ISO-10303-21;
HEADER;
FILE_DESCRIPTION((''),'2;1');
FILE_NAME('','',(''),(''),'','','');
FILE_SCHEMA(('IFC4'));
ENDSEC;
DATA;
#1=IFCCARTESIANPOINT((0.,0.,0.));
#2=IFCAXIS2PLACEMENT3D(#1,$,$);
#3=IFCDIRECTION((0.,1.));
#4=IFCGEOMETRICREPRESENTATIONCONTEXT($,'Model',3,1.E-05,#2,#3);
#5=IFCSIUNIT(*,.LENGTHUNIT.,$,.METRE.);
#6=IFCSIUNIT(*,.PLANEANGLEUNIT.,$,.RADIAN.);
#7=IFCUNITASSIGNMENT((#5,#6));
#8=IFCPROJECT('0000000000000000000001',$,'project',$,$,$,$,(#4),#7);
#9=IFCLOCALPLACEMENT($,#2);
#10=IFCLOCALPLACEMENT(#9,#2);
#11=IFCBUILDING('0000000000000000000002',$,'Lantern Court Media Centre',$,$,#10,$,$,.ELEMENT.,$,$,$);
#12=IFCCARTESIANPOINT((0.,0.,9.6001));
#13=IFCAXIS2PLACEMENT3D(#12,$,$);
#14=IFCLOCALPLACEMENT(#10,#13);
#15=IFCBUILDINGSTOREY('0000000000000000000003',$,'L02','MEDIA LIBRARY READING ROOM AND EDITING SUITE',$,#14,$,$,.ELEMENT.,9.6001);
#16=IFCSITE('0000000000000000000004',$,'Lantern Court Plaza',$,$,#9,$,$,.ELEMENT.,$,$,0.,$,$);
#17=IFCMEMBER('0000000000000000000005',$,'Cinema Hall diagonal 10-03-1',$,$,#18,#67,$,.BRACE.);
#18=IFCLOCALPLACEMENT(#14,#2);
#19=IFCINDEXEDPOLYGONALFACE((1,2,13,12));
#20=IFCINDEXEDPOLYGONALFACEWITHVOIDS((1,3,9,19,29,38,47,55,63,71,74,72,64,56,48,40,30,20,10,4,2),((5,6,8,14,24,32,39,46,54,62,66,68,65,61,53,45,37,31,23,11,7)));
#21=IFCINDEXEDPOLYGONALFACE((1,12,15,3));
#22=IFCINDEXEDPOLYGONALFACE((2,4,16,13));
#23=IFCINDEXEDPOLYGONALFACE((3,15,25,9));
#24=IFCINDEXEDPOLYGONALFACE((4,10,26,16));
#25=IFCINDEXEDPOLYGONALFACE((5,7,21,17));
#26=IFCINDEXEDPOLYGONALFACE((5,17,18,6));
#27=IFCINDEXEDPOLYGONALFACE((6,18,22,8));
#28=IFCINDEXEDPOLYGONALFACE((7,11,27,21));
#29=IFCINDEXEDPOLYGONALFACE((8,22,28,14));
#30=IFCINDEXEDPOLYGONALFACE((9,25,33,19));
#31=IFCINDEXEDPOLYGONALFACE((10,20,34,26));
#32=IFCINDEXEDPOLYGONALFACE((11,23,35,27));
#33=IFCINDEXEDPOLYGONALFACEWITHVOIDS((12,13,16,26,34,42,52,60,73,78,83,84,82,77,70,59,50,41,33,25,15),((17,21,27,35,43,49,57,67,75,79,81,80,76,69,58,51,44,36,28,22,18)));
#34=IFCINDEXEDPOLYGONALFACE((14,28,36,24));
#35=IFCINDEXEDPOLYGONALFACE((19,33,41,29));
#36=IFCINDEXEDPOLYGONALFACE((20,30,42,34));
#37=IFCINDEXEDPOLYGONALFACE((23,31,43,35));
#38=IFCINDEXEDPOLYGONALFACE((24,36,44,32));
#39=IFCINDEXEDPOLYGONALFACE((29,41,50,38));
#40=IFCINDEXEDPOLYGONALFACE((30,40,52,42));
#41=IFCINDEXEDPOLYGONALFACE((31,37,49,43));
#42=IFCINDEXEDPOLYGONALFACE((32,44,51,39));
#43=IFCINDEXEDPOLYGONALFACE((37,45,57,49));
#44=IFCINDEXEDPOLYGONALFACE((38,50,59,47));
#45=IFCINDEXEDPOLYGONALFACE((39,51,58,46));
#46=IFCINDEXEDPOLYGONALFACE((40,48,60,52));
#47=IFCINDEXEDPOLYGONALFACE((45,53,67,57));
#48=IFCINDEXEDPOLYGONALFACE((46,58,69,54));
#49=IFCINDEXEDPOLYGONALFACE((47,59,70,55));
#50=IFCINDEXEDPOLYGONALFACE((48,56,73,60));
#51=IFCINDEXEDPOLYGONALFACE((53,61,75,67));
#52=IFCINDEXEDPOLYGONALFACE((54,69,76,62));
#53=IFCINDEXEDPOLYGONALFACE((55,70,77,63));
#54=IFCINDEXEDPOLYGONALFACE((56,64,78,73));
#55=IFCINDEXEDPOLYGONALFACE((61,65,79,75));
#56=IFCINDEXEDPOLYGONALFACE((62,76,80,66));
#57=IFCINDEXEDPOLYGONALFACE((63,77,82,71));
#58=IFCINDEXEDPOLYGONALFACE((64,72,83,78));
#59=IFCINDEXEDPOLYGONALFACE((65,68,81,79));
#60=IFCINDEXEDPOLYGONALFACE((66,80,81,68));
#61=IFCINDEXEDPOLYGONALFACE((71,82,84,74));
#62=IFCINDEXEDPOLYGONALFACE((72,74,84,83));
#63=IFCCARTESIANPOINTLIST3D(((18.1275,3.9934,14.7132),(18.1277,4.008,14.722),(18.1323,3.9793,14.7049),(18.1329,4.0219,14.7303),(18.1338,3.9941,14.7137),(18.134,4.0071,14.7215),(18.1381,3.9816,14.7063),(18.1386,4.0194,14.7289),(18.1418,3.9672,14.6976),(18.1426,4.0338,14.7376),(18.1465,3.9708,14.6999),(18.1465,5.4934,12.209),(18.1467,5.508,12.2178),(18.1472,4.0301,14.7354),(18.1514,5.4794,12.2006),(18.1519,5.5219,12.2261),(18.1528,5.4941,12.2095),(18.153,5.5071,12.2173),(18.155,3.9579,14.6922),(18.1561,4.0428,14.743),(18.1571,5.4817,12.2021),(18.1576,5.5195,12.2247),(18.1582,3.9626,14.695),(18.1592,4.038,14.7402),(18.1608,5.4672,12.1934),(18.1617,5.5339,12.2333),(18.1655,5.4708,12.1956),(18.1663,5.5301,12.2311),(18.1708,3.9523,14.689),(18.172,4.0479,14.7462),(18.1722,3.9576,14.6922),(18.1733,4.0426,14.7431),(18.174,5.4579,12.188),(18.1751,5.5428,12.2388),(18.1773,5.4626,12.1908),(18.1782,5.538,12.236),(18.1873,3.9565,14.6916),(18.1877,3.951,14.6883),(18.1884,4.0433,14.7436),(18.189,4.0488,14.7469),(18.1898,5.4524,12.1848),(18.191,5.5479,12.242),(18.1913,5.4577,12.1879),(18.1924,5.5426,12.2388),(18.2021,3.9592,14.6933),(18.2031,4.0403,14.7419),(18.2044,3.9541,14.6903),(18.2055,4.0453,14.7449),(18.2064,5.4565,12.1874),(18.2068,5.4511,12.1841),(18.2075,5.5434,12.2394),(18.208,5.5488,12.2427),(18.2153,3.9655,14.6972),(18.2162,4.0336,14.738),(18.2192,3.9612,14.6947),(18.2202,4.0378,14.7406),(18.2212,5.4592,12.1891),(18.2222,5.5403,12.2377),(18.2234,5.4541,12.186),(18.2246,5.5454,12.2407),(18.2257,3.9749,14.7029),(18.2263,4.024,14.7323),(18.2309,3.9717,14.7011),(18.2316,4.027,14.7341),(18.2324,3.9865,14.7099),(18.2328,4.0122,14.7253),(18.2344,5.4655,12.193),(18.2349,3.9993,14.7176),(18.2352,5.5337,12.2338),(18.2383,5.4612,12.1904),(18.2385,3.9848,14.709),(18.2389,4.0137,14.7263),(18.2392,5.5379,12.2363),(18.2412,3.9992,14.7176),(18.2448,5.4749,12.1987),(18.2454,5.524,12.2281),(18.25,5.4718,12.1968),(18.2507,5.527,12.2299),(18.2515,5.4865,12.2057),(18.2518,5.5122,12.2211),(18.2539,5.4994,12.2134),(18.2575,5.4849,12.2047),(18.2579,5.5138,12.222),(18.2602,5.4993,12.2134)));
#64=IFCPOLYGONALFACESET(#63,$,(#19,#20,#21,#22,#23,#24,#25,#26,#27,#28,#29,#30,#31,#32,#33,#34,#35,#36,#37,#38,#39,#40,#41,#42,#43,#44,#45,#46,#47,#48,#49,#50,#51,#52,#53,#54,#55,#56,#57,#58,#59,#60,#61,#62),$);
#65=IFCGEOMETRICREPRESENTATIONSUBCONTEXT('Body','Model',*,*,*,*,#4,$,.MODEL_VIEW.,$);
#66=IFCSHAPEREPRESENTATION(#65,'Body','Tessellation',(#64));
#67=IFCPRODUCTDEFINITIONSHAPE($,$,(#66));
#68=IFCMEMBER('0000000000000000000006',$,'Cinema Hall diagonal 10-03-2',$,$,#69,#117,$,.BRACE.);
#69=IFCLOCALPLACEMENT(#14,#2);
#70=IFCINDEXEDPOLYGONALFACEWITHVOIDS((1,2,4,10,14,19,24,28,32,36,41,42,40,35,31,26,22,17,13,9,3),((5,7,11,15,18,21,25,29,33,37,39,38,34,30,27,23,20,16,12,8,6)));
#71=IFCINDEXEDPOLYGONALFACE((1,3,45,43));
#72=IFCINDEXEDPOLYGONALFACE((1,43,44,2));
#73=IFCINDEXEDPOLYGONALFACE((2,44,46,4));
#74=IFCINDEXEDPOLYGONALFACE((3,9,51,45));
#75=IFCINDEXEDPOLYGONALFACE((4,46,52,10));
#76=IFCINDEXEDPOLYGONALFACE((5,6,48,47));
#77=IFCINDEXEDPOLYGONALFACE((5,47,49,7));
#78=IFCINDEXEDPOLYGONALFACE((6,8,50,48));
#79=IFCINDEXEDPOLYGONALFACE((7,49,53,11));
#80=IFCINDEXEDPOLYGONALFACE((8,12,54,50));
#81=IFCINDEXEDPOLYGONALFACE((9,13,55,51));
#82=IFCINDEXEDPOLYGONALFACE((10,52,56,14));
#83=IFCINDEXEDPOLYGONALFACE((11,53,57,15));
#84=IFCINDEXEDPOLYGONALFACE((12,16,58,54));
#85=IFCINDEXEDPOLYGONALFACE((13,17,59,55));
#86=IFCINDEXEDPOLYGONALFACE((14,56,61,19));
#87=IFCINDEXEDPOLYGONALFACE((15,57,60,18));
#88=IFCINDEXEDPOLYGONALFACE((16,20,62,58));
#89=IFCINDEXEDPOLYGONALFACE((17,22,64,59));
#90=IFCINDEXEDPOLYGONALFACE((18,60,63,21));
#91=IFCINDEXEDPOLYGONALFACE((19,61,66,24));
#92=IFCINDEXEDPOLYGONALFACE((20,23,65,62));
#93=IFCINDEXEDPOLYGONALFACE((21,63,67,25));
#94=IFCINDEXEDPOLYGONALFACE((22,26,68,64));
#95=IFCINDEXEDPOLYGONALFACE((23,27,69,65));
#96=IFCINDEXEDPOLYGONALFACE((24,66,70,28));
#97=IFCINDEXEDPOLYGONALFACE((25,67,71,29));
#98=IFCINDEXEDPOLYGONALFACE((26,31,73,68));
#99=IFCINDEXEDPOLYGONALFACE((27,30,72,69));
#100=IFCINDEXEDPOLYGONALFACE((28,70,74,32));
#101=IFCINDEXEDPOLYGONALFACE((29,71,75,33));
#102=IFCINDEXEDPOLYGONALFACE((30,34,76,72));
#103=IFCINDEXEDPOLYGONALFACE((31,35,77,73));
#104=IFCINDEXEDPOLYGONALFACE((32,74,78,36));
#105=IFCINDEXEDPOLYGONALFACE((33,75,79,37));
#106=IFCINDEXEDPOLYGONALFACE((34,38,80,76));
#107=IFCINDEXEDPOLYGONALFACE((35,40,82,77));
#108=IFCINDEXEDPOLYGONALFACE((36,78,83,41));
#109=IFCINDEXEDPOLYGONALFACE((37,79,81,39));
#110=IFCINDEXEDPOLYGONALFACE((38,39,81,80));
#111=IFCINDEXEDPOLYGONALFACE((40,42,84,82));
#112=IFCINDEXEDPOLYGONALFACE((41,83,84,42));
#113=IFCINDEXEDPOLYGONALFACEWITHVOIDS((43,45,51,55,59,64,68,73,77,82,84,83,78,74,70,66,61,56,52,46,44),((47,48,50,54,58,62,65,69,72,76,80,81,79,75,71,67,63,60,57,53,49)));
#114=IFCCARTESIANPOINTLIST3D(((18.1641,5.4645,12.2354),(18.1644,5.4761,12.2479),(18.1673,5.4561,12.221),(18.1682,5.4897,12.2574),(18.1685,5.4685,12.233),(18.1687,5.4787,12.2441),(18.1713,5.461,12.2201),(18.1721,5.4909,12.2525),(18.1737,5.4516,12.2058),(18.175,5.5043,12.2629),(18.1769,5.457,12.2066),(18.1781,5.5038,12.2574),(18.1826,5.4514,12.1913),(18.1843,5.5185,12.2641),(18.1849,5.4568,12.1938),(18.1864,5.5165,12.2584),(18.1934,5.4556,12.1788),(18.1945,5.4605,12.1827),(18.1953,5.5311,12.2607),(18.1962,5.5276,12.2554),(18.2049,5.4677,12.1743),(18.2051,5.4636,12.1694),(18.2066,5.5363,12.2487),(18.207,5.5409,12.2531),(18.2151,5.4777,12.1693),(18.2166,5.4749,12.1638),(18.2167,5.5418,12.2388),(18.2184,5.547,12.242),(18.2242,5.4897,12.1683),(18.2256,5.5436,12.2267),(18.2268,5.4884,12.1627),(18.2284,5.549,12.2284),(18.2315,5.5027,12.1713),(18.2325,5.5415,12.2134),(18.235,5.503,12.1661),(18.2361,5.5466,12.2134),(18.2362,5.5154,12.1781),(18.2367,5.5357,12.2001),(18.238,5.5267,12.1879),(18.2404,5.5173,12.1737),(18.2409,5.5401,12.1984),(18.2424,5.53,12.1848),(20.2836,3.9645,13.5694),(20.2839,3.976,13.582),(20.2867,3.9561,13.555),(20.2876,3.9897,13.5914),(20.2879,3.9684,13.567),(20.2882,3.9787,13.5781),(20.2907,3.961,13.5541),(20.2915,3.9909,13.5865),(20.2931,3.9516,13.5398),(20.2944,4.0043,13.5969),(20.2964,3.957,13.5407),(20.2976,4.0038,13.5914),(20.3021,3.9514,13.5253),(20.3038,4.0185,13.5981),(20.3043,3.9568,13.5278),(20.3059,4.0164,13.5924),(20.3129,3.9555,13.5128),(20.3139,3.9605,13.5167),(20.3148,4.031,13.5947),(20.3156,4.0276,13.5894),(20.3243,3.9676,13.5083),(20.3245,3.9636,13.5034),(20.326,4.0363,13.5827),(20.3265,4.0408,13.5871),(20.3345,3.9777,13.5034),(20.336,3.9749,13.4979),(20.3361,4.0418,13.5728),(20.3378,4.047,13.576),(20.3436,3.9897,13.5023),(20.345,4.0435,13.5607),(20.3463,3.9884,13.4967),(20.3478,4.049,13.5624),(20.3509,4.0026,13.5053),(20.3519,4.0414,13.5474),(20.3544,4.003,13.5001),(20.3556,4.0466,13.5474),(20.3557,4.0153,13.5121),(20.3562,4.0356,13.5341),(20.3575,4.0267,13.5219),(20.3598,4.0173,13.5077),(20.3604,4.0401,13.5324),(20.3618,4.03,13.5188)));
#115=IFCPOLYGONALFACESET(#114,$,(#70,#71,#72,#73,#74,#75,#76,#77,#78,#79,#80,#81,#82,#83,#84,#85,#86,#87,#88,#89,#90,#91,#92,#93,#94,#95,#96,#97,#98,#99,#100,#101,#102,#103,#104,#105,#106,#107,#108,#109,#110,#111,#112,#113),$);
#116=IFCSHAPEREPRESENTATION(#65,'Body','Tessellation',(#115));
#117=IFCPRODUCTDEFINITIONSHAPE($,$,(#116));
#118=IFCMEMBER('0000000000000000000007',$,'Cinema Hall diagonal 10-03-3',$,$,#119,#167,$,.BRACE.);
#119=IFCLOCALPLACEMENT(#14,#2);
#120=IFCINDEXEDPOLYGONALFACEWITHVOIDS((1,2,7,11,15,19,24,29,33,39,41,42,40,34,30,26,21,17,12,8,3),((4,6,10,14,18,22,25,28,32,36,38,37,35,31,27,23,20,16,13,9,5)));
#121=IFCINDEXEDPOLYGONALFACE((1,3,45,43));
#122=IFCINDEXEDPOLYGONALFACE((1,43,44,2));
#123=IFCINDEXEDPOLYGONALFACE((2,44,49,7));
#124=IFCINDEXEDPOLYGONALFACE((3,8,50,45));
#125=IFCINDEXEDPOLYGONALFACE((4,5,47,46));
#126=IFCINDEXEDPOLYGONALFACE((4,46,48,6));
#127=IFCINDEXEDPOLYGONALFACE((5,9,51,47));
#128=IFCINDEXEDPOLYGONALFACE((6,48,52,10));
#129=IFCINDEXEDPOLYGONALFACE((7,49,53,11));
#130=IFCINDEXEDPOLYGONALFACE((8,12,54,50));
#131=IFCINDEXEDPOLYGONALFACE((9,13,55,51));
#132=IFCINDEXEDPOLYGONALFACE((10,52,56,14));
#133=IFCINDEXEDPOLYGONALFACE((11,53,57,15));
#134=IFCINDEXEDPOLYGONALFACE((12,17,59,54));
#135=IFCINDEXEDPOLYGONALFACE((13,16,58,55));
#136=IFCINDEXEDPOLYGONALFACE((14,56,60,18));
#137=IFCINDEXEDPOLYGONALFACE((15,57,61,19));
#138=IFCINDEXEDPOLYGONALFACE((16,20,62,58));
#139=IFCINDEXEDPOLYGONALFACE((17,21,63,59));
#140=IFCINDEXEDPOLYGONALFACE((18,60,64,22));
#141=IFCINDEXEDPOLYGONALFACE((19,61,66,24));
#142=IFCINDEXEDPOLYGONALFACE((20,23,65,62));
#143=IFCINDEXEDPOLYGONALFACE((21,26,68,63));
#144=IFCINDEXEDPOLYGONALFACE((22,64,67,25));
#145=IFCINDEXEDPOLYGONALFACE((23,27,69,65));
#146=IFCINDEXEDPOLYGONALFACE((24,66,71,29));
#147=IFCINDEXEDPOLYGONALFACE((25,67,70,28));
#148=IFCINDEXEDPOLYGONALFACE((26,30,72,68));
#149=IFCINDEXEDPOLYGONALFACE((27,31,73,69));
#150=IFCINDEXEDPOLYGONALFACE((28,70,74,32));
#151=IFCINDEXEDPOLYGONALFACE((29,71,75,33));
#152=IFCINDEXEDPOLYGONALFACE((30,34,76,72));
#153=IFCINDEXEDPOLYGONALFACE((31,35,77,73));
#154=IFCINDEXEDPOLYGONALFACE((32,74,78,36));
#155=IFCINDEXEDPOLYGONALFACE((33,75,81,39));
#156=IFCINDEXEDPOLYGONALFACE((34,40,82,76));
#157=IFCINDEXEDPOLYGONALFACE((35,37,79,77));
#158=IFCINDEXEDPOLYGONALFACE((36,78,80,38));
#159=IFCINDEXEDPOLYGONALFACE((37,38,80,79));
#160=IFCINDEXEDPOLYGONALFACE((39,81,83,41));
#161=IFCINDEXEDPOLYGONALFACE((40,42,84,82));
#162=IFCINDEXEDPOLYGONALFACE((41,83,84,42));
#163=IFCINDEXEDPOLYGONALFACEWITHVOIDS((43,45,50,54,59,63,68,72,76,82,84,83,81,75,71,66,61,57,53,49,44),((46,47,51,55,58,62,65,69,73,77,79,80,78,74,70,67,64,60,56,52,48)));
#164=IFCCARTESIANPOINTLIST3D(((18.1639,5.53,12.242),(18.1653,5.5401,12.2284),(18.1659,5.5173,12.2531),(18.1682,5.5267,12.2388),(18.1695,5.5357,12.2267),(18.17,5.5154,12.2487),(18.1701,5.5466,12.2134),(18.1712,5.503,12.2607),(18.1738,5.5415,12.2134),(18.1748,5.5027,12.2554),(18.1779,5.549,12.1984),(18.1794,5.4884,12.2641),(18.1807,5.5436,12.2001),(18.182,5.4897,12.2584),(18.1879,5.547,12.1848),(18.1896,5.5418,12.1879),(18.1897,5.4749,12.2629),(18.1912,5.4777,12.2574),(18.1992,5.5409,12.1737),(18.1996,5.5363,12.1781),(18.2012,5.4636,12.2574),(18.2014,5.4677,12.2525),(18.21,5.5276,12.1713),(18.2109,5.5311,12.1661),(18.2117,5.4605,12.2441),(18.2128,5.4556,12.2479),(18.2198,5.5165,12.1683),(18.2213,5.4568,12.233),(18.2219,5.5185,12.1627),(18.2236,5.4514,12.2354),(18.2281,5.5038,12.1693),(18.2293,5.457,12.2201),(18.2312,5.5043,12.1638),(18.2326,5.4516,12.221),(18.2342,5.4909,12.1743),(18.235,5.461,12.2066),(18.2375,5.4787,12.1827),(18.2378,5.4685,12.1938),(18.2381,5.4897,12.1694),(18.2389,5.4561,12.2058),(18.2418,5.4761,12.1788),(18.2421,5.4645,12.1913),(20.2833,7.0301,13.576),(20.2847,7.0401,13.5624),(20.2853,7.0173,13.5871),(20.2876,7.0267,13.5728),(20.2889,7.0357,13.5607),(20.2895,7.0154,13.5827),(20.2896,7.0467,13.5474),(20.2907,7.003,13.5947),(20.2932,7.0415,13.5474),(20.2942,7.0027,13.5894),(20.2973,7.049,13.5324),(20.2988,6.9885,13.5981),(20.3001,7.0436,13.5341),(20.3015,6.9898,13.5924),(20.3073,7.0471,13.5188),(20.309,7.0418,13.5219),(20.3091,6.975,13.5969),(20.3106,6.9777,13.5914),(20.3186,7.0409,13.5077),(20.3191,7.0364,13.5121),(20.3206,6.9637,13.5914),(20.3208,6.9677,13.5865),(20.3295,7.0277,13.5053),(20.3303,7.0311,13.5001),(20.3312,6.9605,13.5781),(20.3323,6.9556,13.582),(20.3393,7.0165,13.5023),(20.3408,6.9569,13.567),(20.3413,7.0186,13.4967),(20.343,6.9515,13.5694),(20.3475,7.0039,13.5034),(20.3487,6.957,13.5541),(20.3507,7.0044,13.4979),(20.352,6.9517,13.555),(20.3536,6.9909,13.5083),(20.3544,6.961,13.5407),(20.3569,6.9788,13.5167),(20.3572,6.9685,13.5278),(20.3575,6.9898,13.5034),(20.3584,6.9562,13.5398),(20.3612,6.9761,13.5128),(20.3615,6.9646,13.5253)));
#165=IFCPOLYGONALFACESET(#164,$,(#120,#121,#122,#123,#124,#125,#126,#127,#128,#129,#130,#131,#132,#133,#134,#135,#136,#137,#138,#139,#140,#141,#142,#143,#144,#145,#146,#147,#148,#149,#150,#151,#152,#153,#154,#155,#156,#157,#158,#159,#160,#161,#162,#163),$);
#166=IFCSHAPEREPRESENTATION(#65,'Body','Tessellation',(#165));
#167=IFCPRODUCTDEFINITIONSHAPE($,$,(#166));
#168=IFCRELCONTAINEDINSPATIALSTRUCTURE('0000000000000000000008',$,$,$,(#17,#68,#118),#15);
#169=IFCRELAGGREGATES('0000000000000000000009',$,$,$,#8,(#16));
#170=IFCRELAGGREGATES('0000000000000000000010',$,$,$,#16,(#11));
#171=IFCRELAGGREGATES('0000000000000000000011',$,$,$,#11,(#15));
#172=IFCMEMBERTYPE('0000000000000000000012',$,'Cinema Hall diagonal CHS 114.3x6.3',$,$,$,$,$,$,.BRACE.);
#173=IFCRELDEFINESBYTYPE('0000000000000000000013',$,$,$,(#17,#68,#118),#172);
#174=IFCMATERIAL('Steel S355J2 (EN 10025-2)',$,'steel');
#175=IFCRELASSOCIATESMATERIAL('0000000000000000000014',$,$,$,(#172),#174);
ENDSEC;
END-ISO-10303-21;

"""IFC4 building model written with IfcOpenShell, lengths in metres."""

from ifc_helpers import new_model, si_unit, direction, frame, origin, origin_2d, place, context, subcontext, project, spatial, hollow_circle, extrude, material, material_profile, profile_set, type_object, element, save


model = new_model("IFC4")

# Units and contexts
model_context = context("Model", 3, precision=1e-05, world=origin(), true_north=direction((0.0, 1.0)))
body_context = subcontext(model_context, "Body", "Model", "MODEL_VIEW")
ifc_project = project(units=[si_unit("LENGTHUNIT", "METRE"), si_unit("PLANEANGLEUNIT", "RADIAN")], contexts=[model_context])

# Site, building, storey
site_placement = place(None, origin())
site = spatial("IfcSite", under=ifc_project, at=site_placement, Name="Lantern Court Plaza", CompositionType="ELEMENT", RefElevation=0.0)
building_placement = place(site_placement, origin())
building = spatial("IfcBuilding", under=site, at=building_placement, Name="Lantern Court Media Centre", CompositionType="ELEMENT")
storey_placement = place(building_placement, frame((0.0, 0.0, 9.6001)))
storey = spatial("IfcBuildingStorey", under=building, at=storey_placement, Name="L02", Description="MEDIA LIBRARY READING ROOM AND EDITING SUITE", CompositionType="ELEMENT", Elevation=9.6001)

# Members
ifc_material = material(Name="Steel S355J2 (EN 10025-2)", Category="steel")
ifc_material_profile_1 = material_profile(ifc_material, hollow_circle(Radius=0.0571, WallThickness=0.0063, at=origin_2d()), Name="Cinema Hall diagonal CHS 114.3x6.3")
ifc_profile_set_1 = profile_set([ifc_material_profile_1], Name="Steel S355J2 (EN 10025-2)")
member_type_1 = type_object("IfcMemberType", Name="Cinema Hall diagonal CHS 114.3x6.3", PredefinedType="BRACE", material=ifc_profile_set_1)
for number, where, z_axis, x_axis, name in (
    (1, (18.2031, 5.5, 12.2134), (-0.006524, -0.513857, 0.857851), (0.999919, -0.012694, 0.0), "Cinema Hall diagonal 10-03-1"),
    (2, (18.2031, 5.5, 12.2134), (0.726034, -0.513852, 0.45698), (0.577702, 0.816248, 0.0), "Cinema Hall diagonal 10-03-2"),
    (3, (18.2031, 5.5, 12.2134), (0.726034, 0.513852, 0.45698), (-0.577702, 0.816248, 0.0), "Cinema Hall diagonal 10-03-3"),
):
    element("IfcMember", number, at=place(storey_placement, frame(where, z_axis=z_axis, x_axis=x_axis)), inside=storey, type_object=member_type_1, Name=name, PredefinedType="BRACE", context=body_context, shape_type="SweptSolid", body=[
        extrude(hollow_circle(Radius=0.0571, WallThickness=0.0063, at=origin_2d()), origin(), (0.0, 0.0, 1.0), 2.9192),
    ])

save(model, "model.ifc")
